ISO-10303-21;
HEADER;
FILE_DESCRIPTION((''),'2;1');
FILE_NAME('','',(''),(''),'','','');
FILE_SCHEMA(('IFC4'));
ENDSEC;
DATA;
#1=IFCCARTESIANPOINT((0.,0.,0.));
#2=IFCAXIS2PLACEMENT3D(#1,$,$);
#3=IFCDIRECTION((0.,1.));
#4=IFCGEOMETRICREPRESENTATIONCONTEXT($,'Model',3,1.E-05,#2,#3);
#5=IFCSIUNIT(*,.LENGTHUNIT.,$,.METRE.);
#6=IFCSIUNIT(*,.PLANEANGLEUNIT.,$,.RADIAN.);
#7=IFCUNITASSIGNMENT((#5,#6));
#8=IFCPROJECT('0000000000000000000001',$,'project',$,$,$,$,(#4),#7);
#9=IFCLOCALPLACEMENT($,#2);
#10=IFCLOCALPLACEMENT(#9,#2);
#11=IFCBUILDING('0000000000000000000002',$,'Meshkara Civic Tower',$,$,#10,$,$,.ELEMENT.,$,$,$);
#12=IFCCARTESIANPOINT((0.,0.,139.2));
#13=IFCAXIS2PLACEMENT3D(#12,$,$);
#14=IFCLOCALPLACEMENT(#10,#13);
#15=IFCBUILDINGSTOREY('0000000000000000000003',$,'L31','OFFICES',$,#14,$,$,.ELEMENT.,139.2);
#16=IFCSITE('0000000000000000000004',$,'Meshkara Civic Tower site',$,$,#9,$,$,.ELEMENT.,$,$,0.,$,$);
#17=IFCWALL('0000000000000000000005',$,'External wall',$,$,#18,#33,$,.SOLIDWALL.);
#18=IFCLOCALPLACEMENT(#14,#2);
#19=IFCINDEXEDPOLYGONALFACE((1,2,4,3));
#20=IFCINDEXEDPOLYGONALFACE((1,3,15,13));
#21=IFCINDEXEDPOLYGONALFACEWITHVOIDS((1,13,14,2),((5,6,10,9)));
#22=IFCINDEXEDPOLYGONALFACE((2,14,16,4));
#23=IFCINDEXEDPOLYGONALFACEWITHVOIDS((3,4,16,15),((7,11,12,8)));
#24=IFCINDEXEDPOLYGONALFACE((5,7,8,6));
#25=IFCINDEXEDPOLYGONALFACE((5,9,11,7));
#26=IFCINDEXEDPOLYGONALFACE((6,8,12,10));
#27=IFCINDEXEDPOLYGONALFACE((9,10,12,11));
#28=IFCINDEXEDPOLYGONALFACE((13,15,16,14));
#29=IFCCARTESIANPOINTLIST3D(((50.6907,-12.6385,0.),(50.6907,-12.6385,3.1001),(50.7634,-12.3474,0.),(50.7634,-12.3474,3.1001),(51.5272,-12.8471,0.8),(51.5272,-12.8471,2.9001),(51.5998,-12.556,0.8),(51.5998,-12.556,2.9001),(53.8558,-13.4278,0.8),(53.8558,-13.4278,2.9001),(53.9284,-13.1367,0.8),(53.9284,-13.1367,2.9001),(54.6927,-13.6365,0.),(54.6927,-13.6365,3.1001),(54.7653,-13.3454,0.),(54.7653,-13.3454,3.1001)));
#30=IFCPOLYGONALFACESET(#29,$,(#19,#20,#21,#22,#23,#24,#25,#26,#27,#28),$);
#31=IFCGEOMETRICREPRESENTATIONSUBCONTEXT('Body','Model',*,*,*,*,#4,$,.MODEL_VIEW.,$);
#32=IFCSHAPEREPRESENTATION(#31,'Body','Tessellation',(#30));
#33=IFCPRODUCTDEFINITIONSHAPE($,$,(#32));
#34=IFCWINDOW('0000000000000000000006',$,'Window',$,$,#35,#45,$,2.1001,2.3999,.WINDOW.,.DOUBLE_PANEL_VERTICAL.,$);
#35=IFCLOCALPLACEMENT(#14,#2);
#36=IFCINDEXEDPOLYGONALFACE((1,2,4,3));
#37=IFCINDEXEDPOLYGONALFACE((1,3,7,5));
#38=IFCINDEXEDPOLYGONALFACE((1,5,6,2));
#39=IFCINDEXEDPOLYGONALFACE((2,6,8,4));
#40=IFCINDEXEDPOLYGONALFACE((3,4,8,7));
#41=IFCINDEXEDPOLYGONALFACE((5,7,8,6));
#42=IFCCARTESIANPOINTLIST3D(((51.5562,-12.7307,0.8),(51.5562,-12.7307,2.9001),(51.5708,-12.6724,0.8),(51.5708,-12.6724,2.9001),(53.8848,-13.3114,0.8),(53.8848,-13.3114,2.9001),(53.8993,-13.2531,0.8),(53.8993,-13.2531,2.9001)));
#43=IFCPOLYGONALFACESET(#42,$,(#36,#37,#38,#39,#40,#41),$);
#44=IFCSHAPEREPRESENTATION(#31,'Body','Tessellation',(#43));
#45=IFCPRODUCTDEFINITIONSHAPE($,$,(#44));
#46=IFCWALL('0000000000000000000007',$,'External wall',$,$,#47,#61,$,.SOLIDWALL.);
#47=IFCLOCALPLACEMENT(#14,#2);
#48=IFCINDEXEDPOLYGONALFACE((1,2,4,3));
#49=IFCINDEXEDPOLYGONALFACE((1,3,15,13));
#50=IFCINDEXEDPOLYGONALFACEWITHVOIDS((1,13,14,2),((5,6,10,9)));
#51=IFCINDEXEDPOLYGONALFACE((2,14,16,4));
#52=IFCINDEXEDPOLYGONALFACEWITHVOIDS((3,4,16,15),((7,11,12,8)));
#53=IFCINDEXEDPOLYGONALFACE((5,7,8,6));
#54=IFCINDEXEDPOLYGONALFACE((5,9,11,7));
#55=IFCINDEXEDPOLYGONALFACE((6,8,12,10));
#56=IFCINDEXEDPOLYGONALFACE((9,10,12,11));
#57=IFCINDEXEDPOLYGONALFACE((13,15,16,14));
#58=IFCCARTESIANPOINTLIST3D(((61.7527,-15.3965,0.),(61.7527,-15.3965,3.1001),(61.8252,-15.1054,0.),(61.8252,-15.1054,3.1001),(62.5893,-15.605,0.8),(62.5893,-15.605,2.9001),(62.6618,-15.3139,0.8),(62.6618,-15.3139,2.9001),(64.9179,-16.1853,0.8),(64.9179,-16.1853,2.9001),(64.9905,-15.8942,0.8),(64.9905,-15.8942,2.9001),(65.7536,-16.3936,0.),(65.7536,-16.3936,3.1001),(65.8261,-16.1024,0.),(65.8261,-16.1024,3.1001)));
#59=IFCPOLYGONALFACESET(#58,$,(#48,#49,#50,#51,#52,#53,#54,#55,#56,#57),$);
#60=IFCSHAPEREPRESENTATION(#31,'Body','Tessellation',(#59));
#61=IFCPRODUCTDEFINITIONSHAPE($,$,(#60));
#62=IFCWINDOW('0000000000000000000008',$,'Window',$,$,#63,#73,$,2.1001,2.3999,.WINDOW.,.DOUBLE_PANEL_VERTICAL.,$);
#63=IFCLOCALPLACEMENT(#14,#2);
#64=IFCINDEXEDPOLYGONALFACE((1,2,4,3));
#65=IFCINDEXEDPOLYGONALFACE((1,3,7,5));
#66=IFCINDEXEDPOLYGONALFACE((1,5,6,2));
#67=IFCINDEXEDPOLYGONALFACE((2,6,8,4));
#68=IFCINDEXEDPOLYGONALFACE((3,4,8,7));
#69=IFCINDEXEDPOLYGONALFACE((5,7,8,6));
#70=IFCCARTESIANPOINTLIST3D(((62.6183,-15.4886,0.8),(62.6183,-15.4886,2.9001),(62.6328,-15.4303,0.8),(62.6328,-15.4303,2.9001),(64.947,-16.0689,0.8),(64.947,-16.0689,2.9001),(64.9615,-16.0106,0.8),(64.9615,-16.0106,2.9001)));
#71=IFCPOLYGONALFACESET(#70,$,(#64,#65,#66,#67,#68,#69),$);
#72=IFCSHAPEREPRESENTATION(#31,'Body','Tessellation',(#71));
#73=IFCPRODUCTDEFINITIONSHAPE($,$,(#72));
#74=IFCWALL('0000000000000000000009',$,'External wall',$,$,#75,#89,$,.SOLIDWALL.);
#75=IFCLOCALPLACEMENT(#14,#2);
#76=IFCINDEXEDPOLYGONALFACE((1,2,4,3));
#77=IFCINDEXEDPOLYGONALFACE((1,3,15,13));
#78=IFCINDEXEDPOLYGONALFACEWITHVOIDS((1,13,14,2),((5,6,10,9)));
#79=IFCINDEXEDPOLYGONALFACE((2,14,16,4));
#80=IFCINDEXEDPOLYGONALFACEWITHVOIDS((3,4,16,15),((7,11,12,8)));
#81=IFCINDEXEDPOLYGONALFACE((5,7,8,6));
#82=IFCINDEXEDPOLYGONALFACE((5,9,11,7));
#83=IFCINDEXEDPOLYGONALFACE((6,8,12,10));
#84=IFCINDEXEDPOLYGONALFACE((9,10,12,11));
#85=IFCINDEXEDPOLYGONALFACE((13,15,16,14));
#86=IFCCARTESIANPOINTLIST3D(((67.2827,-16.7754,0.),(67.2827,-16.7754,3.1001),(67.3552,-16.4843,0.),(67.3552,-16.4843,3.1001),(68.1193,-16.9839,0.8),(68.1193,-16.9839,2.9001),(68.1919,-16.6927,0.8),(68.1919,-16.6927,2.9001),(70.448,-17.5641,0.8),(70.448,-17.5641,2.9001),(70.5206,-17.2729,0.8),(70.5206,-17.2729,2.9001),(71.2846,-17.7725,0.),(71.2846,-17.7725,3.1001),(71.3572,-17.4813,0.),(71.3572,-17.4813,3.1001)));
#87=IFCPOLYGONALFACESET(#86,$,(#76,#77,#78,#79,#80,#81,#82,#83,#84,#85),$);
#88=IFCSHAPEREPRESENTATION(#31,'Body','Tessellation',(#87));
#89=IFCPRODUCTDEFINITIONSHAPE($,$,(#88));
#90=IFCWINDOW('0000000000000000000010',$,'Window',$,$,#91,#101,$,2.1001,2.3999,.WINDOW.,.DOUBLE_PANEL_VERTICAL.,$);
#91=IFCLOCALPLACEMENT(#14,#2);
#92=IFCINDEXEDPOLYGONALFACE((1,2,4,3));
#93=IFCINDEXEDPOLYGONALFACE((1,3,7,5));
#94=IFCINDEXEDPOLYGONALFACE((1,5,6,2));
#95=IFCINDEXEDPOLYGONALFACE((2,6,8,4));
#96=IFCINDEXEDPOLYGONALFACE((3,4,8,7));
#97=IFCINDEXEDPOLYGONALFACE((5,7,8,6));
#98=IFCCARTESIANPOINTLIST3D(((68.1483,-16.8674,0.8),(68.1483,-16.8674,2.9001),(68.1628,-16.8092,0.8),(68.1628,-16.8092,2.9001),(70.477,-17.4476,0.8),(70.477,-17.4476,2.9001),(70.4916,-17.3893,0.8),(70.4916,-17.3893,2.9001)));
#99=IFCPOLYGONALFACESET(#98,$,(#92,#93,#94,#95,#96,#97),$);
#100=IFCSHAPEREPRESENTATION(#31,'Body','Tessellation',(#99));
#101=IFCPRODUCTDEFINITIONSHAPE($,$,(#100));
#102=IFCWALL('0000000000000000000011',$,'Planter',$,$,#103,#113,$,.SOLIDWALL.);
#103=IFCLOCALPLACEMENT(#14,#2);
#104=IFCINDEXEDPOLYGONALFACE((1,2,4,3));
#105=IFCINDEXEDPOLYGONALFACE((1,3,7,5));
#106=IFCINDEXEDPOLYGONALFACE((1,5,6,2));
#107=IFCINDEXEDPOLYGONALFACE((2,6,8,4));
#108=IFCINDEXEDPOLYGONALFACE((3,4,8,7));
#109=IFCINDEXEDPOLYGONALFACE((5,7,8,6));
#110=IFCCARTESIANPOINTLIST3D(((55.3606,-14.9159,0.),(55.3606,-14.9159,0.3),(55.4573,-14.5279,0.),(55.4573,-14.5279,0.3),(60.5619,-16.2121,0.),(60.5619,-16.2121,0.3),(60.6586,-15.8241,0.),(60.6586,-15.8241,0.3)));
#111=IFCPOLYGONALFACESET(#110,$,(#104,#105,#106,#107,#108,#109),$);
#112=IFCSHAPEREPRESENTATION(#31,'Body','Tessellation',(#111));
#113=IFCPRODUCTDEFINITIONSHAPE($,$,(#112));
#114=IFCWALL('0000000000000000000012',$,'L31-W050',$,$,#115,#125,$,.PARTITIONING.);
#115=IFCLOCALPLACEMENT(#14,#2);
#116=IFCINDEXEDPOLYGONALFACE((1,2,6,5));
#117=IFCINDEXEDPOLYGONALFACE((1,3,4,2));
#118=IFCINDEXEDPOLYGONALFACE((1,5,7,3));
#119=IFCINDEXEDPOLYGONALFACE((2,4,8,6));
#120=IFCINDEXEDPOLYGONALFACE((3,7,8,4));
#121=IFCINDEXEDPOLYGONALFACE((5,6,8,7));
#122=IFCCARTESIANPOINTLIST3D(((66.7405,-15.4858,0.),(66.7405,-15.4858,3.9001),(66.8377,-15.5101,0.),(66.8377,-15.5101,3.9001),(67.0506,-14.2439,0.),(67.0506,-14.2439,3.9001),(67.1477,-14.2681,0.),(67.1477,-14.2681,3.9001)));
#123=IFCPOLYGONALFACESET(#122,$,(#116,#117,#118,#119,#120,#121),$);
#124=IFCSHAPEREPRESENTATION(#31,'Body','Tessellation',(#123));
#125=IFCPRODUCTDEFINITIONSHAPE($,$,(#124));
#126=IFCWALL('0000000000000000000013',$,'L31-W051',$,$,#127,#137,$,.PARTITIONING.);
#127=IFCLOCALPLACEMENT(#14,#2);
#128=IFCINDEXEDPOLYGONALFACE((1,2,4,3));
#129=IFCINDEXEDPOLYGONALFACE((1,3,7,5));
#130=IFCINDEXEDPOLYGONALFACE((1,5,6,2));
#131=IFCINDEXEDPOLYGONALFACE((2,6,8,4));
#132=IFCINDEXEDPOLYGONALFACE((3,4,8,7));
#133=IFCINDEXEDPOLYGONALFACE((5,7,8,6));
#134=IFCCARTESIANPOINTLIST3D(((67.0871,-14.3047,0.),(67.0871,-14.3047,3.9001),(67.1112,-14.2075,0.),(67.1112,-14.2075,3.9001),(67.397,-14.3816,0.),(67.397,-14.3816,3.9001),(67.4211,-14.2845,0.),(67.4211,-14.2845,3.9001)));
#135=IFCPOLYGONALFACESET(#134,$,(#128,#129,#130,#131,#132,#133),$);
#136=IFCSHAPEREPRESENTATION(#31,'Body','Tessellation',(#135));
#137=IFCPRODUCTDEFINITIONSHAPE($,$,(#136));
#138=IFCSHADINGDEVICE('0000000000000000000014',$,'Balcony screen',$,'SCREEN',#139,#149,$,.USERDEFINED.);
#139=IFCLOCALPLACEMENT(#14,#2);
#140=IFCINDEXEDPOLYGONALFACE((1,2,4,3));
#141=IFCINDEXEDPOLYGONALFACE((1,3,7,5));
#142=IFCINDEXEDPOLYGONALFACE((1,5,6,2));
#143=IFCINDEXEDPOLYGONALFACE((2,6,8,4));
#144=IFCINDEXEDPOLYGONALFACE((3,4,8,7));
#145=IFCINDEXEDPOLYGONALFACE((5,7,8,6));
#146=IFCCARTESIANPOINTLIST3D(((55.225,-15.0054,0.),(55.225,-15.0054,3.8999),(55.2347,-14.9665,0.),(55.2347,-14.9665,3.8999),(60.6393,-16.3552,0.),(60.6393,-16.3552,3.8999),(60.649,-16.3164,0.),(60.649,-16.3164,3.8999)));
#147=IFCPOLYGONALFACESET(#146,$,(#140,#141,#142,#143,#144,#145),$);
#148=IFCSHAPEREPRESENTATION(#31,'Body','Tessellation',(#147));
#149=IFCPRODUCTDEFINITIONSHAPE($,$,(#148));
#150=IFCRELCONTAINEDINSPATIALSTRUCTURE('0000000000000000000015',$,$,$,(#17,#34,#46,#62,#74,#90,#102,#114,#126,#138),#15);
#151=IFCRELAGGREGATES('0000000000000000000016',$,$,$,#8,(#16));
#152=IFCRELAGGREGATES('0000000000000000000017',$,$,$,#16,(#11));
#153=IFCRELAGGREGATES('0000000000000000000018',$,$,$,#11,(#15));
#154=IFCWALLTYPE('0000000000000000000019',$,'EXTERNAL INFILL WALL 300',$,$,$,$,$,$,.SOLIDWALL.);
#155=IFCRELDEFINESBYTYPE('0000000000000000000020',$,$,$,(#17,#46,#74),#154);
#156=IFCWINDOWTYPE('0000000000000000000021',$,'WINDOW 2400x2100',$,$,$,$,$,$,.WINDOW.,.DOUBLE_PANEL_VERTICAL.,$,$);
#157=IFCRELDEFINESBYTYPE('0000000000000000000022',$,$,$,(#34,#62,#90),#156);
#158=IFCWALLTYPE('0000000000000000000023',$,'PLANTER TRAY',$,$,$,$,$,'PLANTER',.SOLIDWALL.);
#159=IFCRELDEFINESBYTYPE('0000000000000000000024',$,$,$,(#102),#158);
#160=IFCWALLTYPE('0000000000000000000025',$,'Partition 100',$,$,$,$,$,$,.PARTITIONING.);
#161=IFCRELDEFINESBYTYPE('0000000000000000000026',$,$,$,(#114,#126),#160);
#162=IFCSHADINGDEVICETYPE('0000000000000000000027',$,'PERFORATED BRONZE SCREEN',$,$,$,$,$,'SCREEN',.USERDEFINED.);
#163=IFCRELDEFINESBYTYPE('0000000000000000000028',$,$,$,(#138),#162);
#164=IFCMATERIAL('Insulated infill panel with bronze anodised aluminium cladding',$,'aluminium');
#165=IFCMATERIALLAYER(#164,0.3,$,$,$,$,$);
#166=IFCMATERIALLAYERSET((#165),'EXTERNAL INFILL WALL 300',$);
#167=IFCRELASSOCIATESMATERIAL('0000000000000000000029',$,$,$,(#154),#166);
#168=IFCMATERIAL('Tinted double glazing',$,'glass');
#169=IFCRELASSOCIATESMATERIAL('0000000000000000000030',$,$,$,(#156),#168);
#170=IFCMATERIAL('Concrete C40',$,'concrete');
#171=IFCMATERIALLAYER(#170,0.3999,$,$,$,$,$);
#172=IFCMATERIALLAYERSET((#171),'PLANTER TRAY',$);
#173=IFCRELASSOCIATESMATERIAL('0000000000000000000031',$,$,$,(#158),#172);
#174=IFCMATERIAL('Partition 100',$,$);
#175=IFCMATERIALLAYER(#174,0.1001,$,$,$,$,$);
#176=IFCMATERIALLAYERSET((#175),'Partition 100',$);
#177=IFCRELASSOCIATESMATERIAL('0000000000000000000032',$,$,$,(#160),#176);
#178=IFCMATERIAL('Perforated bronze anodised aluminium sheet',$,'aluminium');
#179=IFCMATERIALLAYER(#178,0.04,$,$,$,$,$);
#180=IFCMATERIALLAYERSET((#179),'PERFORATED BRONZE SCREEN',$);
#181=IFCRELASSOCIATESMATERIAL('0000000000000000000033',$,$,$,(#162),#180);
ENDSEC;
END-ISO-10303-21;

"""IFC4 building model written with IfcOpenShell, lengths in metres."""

from ifc_helpers import new_model, si_unit, direction, frame, frame_2d, origin, origin_2d, place, context, subcontext, project, spatial, rectangle, extrude, material, layer, layer_set, type_object, element, fill, save


model = new_model("IFC4")

# Units and contexts
model_context = context("Model", 3, precision=1e-05, world=origin(), true_north=direction((0.0, 1.0)))
body_context = subcontext(model_context, "Body", "Model", "MODEL_VIEW")
ifc_project = project(units=[si_unit("LENGTHUNIT", "METRE"), si_unit("PLANEANGLEUNIT", "RADIAN")], contexts=[model_context])

# Site, building, storey
site_placement = place(None, origin())
site = spatial("IfcSite", under=ifc_project, at=site_placement, Name="Meshkara Civic Tower site", CompositionType="ELEMENT", RefElevation=0.0)
building_placement = place(site_placement, origin())
building = spatial("IfcBuilding", under=site, at=building_placement, Name="Meshkara Civic Tower", CompositionType="ELEMENT")
storey_placement = place(building_placement, frame((0.0, 0.0, 139.2)))
storey = spatial("IfcBuildingStorey", under=building, at=storey_placement, Name="L31", Description="OFFICES", CompositionType="ELEMENT", Elevation=139.2)

# Walls, openings, windows
ifc_material_1 = material(Name="Insulated infill panel with bronze anodised aluminium cladding", Category="aluminium")
ifc_layer_1 = layer(ifc_material_1, 0.3)
ifc_layer_set_1 = layer_set([ifc_layer_1], Name="EXTERNAL INFILL WALL 300")
wall_type_1 = type_object("IfcWallType", Name="EXTERNAL INFILL WALL 300", PredefinedType="SOLIDWALL", material=ifc_layer_set_1)
wall_1_placement = place(storey_placement, frame((50.7271, -12.4929, 0.0), z_axis=(0.0, 0.0, 1.0), x_axis=(0.970282, -0.241978, 0.0)))
wall_1 = element("IfcWall", 1, at=wall_1_placement, inside=storey, type_object=wall_type_1, Name="External wall", PredefinedType="SOLIDWALL", context=body_context, shape_type="SweptSolid", body=[
    extrude(rectangle(XDim=4.1245, YDim=0.3, at=frame_2d((2.0623, 0.0))), origin(), (0.0, 0.0, 1.0), 3.1001),
])
opening_1_placement = place(wall_1_placement, frame((0.8621, 0.0, 0.8)))
opening_1 = element("IfcOpeningElement", 2, at=opening_1_placement, cuts=wall_1, PredefinedType="OPENING", context=body_context, shape_type="SweptSolid", body=[
    extrude(rectangle(XDim=2.3999, YDim=2.1001, at=frame_2d((1.2, 1.05))), frame((0.0, 0.1599, 0.0), z_axis=(0.0, -1.0, 0.0), x_axis=(1.0, 0.0, 0.0)), (0.0, 0.0, 1.0), 0.3201),
])
ifc_material_2 = material(Name="Tinted double glazing", Category="glass")
window_type = type_object("IfcWindowType", Name="WINDOW 2400x2100", PartitioningType="DOUBLE_PANEL_VERTICAL", PredefinedType="WINDOW", material=ifc_material_2)
window_1_placement = place(opening_1_placement, origin())
window_1 = element("IfcWindow", 3, at=window_1_placement, inside=storey, type_object=window_type, Name="Window", OverallHeight=2.1001, OverallWidth=2.3999, PartitioningType="DOUBLE_PANEL_VERTICAL", PredefinedType="WINDOW", context=body_context, shape_type="SweptSolid", body=[
    extrude(rectangle(XDim=2.3999, YDim=2.1001, at=frame_2d((1.2, 1.05))), frame((0.0, 0.03, 0.0), z_axis=(0.0, -1.0, 0.0), x_axis=(1.0, 0.0, 0.0)), (0.0, 0.0, 1.0), 0.0601),
])
fill(opening_1, window_1)
wall_2_placement = place(storey_placement, frame((61.7891, -15.251, 0.0), z_axis=(0.0, 0.0, 1.0), x_axis=(0.970323, -0.241811, 0.0)))
wall_2 = element("IfcWall", 4, at=wall_2_placement, inside=storey, type_object=wall_type_1, Name="External wall", PredefinedType="SOLIDWALL", context=body_context, shape_type="SweptSolid", body=[
    extrude(rectangle(XDim=4.1233, YDim=0.3, at=frame_2d((2.0615, 0.0))), origin(), (0.0, 0.0, 1.0), 3.1001),
])
opening_2_placement = place(wall_2_placement, frame((0.8621, 0.0, 0.8)))
opening_2 = element("IfcOpeningElement", 5, at=opening_2_placement, cuts=wall_2, PredefinedType="OPENING", context=body_context, shape_type="SweptSolid", body=[
    extrude(rectangle(XDim=2.3999, YDim=2.1001, at=frame_2d((1.2, 1.05))), frame((0.0, 0.1599, 0.0), z_axis=(0.0, -1.0, 0.0), x_axis=(1.0, 0.0, 0.0)), (0.0, 0.0, 1.0), 0.3201),
])
window_2_placement = place(opening_2_placement, origin())
window_2 = element("IfcWindow", 6, at=window_2_placement, inside=storey, type_object=window_type, Name="Window", OverallHeight=2.1001, OverallWidth=2.3999, PartitioningType="DOUBLE_PANEL_VERTICAL", PredefinedType="WINDOW", context=body_context, shape_type="SweptSolid", body=[
    extrude(rectangle(XDim=2.3999, YDim=2.1001, at=frame_2d((1.2, 1.05))), frame((0.0, 0.03, 0.0), z_axis=(0.0, -1.0, 0.0), x_axis=(1.0, 0.0, 0.0)), (0.0, 0.0, 1.0), 0.0601),
])
fill(opening_2, window_2)
wall_3_placement = place(storey_placement, frame((67.3191, -16.6299, 0.0), z_axis=(0.0, 0.0, 1.0), x_axis=(0.970337, -0.241756, 0.0)))
wall_3 = element("IfcWall", 7, at=wall_3_placement, inside=storey, type_object=wall_type_1, Name="External wall", PredefinedType="SOLIDWALL", context=body_context, shape_type="SweptSolid", body=[
    extrude(rectangle(XDim=4.1243, YDim=0.3, at=frame_2d((2.062, 0.0))), origin(), (0.0, 0.0, 1.0), 3.1001),
])
opening_3_placement = place(wall_3_placement, frame((0.8621, 0.0, 0.8)))
opening_3 = element("IfcOpeningElement", 8, at=opening_3_placement, cuts=wall_3, PredefinedType="OPENING", context=body_context, shape_type="SweptSolid", body=[
    extrude(rectangle(XDim=2.3999, YDim=2.1001, at=frame_2d((1.2, 1.05))), frame((0.0, 0.1599, 0.0), z_axis=(0.0, -1.0, 0.0), x_axis=(1.0, 0.0, 0.0)), (0.0, 0.0, 1.0), 0.3201),
])
window_3_placement = place(opening_3_placement, origin())
window_3 = element("IfcWindow", 9, at=window_3_placement, inside=storey, type_object=window_type, Name="Window", OverallHeight=2.1001, OverallWidth=2.3999, PartitioningType="DOUBLE_PANEL_VERTICAL", PredefinedType="WINDOW", context=body_context, shape_type="SweptSolid", body=[
    extrude(rectangle(XDim=2.3999, YDim=2.1001, at=frame_2d((1.2, 1.05))), frame((0.0, 0.03, 0.0), z_axis=(0.0, -1.0, 0.0), x_axis=(1.0, 0.0, 0.0)), (0.0, 0.0, 1.0), 0.0601),
])
fill(opening_3, window_3)

# Walls
ifc_material_3 = material(Name="Concrete C40", Category="concrete")
ifc_layer_2 = layer(ifc_material_3, 0.3999)
ifc_layer_set_2 = layer_set([ifc_layer_2], Name="PLANTER TRAY")
wall_type_2 = type_object("IfcWallType", Name="PLANTER TRAY", ElementType="PLANTER", PredefinedType="SOLIDWALL", material=ifc_layer_set_2)
wall_4_placement = place(storey_placement, frame((55.4089, -14.7219, 0.0), z_axis=(0.0, 0.0, 1.0), x_axis=(0.970324, -0.241807, 0.0)))
element("IfcWall", 10, at=wall_4_placement, inside=storey, type_object=wall_type_2, Name="Planter", PredefinedType="SOLIDWALL", context=body_context, shape_type="SweptSolid", body=[
    extrude(rectangle(XDim=5.3604, YDim=0.3999, at=frame_2d((2.6802, 0.0))), origin(), (0.0, 0.0, 1.0), 0.3),
])
ifc_material_4 = material(Name="Partition 100")
ifc_layer_3 = layer(ifc_material_4, 0.1001)
ifc_layer_set_3 = layer_set([ifc_layer_3], Name="Partition 100")
wall_type_3 = type_object("IfcWallType", Name="Partition 100", PredefinedType="PARTITIONING", material=ifc_layer_set_3)
wall_5_placement = place(storey_placement, frame((66.7891, -15.498, 0.0), z_axis=(0.0, 0.0, 1.0), x_axis=(0.242221, 0.970221, 0.0)))
element("IfcWall", 11, at=wall_5_placement, inside=storey, type_object=wall_type_3, Name="L31-W050", PredefinedType="PARTITIONING", context=body_context, shape_type="SweptSolid", body=[
    extrude(rectangle(XDim=1.28, YDim=0.1001, at=frame_2d((0.6401, 0.0))), origin(), (0.0, 0.0, 1.0), 3.9001),
])
wall_6_placement = place(storey_placement, frame((67.0991, -14.2561, 0.0), z_axis=(0.0, 0.0, 1.0), x_axis=(0.970546, -0.240916, 0.0)))
element("IfcWall", 12, at=wall_6_placement, inside=storey, type_object=wall_type_3, Name="L31-W051", PredefinedType="PARTITIONING", context=body_context, shape_type="SweptSolid", body=[
    extrude(rectangle(XDim=0.3193, YDim=0.1001, at=frame_2d((0.1597, 0.0))), origin(), (0.0, 0.0, 1.0), 3.9001),
])

# Shading device
ifc_material_5 = material(Name="Perforated bronze anodised aluminium sheet", Category="aluminium")
ifc_layer_4 = layer(ifc_material_5, 0.04)
ifc_layer_set_4 = layer_set([ifc_layer_4], Name="PERFORATED BRONZE SCREEN")
shading_device_type = type_object("IfcShadingDeviceType", Name="PERFORATED BRONZE SCREEN", ElementType="SCREEN", PredefinedType="USERDEFINED", material=ifc_layer_set_4)
shading_device_placement = place(storey_placement, frame((57.937, -15.6609, 0.0), z_axis=(0.0, 0.0, 1.0), x_axis=(0.9703, -0.241905, 0.0)))
element("IfcShadingDevice", 13, at=shading_device_placement, inside=storey, type_object=shading_device_type, Name="Balcony screen", ObjectType="SCREEN", PredefinedType="USERDEFINED", context=body_context, shape_type="SweptSolid", body=[
    extrude(rectangle(XDim=5.5801, YDim=0.04, at=origin_2d()), origin(), (0.0, 0.0, 1.0), 3.8999),
])

save(model, "model.ifc")
